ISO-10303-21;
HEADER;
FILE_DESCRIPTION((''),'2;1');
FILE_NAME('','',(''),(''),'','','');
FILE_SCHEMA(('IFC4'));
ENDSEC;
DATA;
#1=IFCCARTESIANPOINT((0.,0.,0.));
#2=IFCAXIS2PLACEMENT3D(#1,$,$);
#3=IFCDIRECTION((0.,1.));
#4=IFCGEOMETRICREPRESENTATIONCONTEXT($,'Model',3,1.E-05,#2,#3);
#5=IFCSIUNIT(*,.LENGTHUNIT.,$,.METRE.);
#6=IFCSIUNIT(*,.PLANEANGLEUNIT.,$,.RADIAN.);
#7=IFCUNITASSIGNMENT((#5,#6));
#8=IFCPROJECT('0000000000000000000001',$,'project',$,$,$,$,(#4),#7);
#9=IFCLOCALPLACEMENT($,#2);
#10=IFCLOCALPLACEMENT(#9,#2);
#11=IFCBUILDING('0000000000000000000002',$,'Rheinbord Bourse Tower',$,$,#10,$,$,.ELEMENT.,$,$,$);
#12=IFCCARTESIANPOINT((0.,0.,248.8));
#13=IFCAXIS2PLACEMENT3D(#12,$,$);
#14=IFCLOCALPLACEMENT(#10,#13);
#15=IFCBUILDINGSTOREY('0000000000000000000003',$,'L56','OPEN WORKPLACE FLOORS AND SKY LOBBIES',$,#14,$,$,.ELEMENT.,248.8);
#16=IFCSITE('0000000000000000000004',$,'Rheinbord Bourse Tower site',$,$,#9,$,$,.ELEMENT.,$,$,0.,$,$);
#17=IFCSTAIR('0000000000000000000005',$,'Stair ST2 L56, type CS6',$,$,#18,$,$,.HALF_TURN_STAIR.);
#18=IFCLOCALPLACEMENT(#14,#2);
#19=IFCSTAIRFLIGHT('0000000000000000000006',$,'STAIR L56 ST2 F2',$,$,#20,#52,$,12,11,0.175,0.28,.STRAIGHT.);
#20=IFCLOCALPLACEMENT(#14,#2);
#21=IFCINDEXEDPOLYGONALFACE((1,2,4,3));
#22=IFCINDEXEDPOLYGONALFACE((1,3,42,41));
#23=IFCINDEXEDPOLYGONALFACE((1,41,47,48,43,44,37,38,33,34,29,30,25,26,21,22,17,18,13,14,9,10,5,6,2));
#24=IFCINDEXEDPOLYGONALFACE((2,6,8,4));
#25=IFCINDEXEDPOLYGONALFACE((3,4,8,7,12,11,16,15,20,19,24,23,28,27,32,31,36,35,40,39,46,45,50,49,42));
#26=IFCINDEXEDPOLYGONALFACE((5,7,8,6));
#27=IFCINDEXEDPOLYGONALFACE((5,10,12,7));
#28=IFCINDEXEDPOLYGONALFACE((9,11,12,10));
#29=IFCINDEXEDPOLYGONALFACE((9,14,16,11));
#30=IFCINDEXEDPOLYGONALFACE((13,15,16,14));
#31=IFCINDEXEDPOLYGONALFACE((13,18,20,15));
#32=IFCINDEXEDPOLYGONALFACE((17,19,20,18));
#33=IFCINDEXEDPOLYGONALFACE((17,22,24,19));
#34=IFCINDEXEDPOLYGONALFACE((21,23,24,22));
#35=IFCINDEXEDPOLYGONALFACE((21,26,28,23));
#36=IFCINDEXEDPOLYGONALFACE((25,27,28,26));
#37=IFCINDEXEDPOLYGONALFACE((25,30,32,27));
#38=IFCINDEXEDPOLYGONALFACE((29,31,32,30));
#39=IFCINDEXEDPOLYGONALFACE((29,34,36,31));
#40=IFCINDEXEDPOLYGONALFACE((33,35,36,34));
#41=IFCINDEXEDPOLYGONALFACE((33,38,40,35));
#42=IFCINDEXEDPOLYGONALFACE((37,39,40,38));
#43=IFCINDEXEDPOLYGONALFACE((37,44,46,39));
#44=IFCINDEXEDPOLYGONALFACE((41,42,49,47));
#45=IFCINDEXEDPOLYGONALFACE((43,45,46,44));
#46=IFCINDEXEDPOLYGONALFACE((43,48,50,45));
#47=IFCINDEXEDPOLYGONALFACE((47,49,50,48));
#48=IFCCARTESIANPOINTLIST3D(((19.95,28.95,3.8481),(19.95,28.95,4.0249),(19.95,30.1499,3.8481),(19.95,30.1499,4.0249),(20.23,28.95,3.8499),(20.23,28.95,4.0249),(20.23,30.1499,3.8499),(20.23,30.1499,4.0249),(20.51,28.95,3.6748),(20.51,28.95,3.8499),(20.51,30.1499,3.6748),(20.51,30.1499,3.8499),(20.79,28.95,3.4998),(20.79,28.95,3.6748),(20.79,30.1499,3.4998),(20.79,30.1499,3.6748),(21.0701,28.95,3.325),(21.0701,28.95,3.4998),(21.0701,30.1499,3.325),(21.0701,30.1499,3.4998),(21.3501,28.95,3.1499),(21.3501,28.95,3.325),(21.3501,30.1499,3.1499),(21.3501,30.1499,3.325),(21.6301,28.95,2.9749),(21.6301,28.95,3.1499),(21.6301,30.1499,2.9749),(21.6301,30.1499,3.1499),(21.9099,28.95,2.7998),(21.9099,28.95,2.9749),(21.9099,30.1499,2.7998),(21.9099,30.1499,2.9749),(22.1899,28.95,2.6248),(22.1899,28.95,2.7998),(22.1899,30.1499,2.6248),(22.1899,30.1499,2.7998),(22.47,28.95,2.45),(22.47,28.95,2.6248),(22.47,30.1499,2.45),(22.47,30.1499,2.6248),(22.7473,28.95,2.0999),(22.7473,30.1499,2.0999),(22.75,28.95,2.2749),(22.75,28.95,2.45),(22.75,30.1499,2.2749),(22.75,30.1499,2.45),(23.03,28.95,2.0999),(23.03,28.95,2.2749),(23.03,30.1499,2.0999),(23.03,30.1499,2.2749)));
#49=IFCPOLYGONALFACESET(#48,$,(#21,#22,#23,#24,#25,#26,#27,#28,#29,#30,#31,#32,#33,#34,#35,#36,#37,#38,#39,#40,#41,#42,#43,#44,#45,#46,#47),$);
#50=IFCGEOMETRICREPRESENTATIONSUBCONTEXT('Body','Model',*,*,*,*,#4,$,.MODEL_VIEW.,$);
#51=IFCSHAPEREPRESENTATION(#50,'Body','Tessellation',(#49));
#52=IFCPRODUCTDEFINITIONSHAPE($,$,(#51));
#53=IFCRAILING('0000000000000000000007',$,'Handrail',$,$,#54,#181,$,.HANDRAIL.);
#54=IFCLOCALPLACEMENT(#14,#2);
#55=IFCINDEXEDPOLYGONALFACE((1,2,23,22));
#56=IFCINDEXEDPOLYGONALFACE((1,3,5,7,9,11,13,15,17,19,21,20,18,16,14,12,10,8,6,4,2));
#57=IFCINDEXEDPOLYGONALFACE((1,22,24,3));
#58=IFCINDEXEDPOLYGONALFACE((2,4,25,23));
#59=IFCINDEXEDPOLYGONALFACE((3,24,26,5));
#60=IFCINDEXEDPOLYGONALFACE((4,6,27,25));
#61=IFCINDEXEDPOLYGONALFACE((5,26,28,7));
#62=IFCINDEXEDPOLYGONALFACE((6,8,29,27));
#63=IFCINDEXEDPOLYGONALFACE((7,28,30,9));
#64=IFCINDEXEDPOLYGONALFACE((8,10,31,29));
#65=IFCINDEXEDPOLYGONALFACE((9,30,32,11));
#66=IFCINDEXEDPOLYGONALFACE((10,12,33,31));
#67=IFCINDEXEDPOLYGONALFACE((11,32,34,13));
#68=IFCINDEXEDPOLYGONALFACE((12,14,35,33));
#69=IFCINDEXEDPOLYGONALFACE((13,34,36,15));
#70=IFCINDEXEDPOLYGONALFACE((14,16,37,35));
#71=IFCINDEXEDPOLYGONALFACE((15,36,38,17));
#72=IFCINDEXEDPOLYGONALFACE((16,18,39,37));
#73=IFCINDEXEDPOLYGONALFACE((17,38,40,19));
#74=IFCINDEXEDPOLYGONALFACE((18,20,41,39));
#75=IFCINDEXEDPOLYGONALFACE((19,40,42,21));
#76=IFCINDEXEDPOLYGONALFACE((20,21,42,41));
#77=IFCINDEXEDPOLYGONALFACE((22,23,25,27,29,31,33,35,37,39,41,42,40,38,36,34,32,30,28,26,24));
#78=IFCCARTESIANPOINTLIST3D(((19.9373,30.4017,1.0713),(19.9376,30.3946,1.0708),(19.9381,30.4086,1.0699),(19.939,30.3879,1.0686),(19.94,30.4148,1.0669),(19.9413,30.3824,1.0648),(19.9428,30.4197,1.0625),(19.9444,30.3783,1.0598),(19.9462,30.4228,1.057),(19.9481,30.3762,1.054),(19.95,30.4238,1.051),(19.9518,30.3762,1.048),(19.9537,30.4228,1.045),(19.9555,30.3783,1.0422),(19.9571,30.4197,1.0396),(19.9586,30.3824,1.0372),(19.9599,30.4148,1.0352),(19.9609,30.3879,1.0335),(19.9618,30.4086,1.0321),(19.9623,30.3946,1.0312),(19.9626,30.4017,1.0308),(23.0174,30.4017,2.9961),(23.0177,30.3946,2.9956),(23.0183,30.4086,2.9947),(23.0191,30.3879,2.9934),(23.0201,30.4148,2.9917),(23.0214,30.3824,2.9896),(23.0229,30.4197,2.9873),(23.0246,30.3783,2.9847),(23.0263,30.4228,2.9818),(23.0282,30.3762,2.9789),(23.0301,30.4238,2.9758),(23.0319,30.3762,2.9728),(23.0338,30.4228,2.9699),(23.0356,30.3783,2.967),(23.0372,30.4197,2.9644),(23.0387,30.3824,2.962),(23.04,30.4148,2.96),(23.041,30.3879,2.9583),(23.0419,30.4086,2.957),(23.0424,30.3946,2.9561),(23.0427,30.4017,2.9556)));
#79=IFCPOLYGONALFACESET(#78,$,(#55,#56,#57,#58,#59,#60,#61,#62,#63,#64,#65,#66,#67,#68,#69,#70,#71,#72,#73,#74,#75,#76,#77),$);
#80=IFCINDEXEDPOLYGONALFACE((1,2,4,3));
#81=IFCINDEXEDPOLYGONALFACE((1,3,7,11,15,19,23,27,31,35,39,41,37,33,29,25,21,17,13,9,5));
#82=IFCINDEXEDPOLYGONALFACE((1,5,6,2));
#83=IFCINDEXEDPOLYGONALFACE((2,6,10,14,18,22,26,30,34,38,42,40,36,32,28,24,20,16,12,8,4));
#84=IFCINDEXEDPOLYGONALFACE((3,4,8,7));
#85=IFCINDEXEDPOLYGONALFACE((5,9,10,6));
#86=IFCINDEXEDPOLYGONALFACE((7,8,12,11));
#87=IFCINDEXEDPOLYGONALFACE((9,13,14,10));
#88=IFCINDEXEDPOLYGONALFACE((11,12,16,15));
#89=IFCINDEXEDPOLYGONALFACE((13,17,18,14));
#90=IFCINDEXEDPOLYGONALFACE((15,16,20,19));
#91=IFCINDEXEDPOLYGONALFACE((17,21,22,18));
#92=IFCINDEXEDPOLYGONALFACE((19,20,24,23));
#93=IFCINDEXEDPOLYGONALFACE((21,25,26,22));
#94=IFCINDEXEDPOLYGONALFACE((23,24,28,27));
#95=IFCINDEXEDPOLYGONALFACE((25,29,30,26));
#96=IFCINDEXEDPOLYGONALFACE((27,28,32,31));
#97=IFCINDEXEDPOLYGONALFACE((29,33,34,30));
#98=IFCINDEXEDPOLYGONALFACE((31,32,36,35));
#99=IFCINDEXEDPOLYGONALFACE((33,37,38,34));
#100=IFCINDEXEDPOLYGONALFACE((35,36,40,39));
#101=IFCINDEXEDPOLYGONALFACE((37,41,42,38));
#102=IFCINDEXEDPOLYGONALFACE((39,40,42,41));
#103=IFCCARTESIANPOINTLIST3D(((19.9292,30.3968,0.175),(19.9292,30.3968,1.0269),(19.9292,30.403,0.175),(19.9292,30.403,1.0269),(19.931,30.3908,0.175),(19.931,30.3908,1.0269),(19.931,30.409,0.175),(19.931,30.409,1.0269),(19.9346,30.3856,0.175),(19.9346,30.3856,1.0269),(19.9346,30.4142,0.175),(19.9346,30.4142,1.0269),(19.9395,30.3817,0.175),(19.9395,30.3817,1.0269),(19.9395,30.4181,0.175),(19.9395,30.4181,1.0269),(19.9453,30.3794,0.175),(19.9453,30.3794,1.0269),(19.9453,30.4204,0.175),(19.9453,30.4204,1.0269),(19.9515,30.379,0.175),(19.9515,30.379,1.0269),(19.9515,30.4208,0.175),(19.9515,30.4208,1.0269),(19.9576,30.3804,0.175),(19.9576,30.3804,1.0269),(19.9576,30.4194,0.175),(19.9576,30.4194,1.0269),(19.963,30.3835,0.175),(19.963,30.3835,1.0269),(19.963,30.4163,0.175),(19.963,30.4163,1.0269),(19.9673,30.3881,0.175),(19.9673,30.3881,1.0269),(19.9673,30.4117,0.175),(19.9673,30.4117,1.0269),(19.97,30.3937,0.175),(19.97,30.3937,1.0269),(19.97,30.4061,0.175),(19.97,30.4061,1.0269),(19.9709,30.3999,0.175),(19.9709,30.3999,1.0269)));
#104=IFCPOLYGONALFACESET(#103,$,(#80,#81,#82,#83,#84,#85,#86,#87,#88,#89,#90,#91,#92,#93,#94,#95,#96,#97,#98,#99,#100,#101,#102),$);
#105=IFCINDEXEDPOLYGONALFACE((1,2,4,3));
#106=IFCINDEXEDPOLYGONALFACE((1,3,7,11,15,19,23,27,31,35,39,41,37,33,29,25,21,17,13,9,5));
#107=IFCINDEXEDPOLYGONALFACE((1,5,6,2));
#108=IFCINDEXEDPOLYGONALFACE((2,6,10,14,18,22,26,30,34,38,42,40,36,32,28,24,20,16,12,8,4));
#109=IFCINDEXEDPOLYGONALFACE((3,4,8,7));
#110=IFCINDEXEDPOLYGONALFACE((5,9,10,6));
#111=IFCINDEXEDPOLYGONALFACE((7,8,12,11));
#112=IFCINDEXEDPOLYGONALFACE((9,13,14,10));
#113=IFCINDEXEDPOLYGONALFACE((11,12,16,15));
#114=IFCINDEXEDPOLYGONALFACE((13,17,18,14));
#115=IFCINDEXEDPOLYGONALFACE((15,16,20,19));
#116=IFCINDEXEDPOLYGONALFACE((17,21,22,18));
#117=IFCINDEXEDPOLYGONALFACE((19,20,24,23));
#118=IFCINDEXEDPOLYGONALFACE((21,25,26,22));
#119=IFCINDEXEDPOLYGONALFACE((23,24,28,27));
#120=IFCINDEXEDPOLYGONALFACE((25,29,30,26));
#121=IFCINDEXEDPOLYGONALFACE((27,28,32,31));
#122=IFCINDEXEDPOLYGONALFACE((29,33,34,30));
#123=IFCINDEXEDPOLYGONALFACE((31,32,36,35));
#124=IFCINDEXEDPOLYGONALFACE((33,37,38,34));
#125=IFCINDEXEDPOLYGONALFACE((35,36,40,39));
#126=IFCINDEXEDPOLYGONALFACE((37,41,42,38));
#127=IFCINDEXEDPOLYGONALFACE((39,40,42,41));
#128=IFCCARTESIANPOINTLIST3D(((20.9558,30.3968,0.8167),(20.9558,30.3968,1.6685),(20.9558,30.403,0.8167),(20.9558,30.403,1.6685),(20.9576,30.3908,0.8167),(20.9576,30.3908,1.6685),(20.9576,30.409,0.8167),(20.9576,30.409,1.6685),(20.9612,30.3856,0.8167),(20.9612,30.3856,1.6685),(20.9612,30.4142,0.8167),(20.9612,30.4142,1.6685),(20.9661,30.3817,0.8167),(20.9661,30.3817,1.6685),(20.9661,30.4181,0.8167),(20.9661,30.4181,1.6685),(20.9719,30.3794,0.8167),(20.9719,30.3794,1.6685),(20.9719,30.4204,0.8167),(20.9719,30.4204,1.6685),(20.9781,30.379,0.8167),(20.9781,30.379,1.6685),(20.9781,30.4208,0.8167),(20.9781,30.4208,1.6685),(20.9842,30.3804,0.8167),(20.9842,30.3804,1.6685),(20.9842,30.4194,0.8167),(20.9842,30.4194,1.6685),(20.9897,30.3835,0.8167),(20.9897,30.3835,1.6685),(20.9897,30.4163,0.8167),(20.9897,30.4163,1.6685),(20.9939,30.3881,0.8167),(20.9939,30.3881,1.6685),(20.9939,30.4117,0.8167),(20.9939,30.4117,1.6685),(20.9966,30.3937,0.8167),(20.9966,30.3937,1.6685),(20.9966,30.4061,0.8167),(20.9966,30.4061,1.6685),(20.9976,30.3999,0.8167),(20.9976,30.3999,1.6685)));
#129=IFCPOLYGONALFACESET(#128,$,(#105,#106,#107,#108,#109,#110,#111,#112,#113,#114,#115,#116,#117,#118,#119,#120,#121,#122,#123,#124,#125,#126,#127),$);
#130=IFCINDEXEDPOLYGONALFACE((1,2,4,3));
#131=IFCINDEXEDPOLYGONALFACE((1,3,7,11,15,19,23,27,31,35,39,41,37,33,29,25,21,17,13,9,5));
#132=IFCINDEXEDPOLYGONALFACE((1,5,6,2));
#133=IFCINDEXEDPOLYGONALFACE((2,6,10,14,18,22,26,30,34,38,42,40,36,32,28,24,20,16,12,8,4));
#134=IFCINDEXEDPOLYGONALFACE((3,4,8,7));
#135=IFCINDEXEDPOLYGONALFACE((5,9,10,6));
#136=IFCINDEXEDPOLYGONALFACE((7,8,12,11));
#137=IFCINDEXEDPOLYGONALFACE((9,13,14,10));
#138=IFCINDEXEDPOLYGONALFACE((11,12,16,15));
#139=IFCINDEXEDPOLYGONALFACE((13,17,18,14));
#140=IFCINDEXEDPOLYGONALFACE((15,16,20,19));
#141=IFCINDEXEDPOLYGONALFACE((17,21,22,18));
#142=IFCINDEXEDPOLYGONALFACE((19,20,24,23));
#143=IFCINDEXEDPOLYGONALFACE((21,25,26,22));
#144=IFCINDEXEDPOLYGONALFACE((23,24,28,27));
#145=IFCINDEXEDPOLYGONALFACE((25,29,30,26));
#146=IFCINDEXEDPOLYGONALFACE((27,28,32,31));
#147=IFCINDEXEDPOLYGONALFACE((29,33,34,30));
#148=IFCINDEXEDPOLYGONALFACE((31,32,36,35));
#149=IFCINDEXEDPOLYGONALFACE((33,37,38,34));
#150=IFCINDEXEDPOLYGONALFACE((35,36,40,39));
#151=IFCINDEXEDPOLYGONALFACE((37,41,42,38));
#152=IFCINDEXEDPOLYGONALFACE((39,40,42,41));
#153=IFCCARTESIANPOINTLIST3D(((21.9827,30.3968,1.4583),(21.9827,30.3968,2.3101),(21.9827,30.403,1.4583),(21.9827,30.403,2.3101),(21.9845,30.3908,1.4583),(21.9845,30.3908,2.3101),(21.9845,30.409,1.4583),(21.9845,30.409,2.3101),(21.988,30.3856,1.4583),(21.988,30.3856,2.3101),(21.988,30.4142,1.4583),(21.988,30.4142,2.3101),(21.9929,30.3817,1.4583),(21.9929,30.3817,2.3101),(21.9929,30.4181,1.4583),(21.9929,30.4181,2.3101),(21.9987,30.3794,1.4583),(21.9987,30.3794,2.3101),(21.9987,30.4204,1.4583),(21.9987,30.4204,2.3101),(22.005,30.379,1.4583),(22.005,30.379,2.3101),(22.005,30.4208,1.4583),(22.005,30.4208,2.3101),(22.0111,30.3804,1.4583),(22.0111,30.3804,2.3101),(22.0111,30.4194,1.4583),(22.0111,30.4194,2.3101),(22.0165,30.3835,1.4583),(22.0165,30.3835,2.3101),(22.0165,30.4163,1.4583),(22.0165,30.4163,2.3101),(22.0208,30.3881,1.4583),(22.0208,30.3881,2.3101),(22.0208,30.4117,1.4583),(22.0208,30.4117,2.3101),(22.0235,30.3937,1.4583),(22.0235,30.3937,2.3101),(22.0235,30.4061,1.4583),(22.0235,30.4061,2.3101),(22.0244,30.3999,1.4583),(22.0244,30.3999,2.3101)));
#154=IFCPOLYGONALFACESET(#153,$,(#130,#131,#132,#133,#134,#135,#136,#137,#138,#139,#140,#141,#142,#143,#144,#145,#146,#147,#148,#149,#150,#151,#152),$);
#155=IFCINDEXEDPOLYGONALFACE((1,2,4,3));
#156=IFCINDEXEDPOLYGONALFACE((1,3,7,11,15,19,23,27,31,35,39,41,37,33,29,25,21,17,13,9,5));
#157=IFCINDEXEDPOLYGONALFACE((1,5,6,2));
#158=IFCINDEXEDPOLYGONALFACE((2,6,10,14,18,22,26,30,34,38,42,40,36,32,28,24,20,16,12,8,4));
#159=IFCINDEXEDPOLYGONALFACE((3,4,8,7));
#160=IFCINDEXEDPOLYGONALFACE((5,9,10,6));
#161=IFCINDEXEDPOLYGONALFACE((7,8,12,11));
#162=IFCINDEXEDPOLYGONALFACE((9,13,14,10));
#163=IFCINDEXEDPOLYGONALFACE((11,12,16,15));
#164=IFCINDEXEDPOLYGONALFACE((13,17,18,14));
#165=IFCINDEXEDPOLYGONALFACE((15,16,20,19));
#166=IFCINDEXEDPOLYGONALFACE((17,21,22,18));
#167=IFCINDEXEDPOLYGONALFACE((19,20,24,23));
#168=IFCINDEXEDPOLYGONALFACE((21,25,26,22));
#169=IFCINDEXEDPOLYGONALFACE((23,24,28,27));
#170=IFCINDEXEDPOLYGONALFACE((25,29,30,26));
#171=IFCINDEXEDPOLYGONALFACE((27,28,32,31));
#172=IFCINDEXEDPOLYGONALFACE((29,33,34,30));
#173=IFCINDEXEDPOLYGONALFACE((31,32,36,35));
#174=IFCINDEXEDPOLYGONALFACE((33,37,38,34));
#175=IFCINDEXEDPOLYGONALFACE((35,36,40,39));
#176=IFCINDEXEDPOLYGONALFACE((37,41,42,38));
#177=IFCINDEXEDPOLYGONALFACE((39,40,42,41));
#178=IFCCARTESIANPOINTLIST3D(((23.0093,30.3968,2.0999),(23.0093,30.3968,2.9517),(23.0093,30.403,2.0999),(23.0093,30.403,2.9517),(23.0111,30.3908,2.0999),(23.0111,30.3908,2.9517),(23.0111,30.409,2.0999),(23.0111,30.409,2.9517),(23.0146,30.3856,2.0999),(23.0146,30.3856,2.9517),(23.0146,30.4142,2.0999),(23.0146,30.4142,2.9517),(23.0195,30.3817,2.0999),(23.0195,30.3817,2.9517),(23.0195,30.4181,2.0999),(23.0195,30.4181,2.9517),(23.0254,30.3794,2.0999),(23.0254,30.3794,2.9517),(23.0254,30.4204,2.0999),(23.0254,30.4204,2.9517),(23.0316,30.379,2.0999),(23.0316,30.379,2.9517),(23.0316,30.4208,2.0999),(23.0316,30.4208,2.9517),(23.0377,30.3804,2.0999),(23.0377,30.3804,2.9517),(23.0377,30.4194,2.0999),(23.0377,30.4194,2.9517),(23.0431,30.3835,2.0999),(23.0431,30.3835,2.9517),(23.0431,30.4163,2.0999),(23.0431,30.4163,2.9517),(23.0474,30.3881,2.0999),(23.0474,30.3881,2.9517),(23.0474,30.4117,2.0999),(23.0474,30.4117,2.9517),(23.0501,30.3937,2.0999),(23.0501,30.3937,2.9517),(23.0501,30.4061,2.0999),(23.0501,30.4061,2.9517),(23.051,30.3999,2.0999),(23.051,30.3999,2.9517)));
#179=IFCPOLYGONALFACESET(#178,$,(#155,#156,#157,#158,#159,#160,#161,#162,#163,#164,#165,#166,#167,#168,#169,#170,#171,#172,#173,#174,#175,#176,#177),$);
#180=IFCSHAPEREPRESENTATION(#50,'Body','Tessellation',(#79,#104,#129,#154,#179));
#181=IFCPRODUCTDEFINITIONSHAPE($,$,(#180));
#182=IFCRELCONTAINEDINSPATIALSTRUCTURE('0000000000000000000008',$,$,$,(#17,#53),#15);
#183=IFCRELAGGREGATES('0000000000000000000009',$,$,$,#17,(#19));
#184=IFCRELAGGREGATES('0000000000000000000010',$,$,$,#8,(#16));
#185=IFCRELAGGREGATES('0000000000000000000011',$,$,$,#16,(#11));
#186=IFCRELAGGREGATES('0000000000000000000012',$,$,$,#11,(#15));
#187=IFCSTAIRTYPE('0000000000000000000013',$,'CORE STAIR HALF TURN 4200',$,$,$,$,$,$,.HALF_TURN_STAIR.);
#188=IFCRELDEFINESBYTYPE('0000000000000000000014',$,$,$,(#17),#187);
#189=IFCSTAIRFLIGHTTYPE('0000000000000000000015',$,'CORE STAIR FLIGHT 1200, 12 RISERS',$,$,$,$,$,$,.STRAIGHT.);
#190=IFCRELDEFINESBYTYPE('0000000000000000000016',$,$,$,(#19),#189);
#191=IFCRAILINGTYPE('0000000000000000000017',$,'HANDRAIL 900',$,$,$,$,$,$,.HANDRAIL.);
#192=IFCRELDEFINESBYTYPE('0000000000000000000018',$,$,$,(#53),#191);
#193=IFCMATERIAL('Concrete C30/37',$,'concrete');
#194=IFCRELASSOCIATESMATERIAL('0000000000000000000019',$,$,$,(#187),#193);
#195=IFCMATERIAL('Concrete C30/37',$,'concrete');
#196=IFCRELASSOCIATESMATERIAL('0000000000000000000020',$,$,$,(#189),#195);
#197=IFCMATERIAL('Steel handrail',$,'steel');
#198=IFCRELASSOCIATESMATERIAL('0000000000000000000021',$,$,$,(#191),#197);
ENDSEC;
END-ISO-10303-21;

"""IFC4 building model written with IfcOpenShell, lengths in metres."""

from ifc_helpers import new_model, si_unit, direction, frame, origin, origin_2d, place, context, subcontext, project, spatial, polyline, circle, outline, extrude, material, type_object, element, aggregate, save


model = new_model("IFC4")

# Units and contexts
model_context = context("Model", 3, precision=1e-05, world=origin(), true_north=direction((0.0, 1.0)))
body_context = subcontext(model_context, "Body", "Model", "MODEL_VIEW")
ifc_project = project(units=[si_unit("LENGTHUNIT", "METRE"), si_unit("PLANEANGLEUNIT", "RADIAN")], contexts=[model_context])

# Site, building, storey
site_placement = place(None, origin())
site = spatial("IfcSite", under=ifc_project, at=site_placement, Name="Rheinbord Bourse Tower site", CompositionType="ELEMENT", RefElevation=0.0)
building_placement = place(site_placement, origin())
building = spatial("IfcBuilding", under=site, at=building_placement, Name="Rheinbord Bourse Tower", CompositionType="ELEMENT")
storey_placement = place(building_placement, frame((0.0, 0.0, 248.8)))
storey = spatial("IfcBuildingStorey", under=building, at=storey_placement, Name="L56", Description="OPEN WORKPLACE FLOORS AND SKY LOBBIES", CompositionType="ELEMENT", Elevation=248.8)

# Stair, stair flight
ifc_material_1 = material(Name="Concrete C30/37", Category="concrete")
stair_type = type_object("IfcStairType", Name="CORE STAIR HALF TURN 4200", PredefinedType="HALF_TURN_STAIR", material=ifc_material_1)
stair_placement = place(storey_placement, origin())
stair = element("IfcStair", 1, at=stair_placement, inside=storey, type_object=stair_type, Name="Stair ST2 L56, type CS6", PredefinedType="HALF_TURN_STAIR")
ifc_material_2 = material(Name="Concrete C30/37", Category="concrete")
stair_flight_type = type_object("IfcStairFlightType", Name="CORE STAIR FLIGHT 1200, 12 RISERS", PredefinedType="STRAIGHT", material=ifc_material_2)
stair_flight_1_placement = place(storey_placement, frame((23.03, 29.55, 2.0999), z_axis=(0.0, 0.0, 1.0), x_axis=(-1.0, 0.0, 0.0)))
stair_flight_1 = element("IfcStairFlight", 2, at=stair_flight_1_placement, type_object=stair_flight_type, Name="STAIR L56 ST2 F2", NumberOfRisers=12, NumberOfTreads=11, PredefinedType="STRAIGHT", RiserHeight=0.175, TreadLength=0.28, context=body_context, shape_type="SweptSolid", body=[
    extrude(outline(polyline([(0.0, 0.0), (0.0, 0.175), (0.28, 0.175), (0.28, 0.3501), (0.5601, 0.3501), (0.5601, 0.5249), (0.8401, 0.5249), (0.8401, 0.7), (1.1201, 0.7), (1.1201, 0.875), (1.3999, 0.875), (1.3999, 1.05), (1.6799, 1.05), (1.6799, 1.2251), (1.96, 1.2251), (1.96, 1.3999), (2.24, 1.3999), (2.24, 1.575), (2.52, 1.575), (2.52, 1.75), (2.8, 1.75), (2.8, 1.925), (3.0801, 1.925), (3.0801, 2.1001), (3.0801, 1.7483), (0.2827, 0.0), (0.0, 0.0)])), frame((0.0, 0.6001, 0.0), z_axis=(0.0, -1.0, 0.0), x_axis=(1.0, 0.0, 0.0)), (0.0, 0.0, 1.0), 1.2),
])
aggregate(stair, [stair_flight_1])

# Railing
ifc_material_3 = material(Name="Steel handrail", Category="steel")
railing_type = type_object("IfcRailingType", Name="HANDRAIL 900", PredefinedType="HANDRAIL", material=ifc_material_3)
railing_1_placement = place(storey_placement, frame((19.95, 30.3999, 0.175)))
element("IfcRailing", 3, at=railing_1_placement, inside=storey, type_object=railing_type, Name="Handrail", PredefinedType="HANDRAIL", context=body_context, shape_type="SweptSolid", body=[
    extrude(circle(Radius=0.0239, at=origin_2d()), frame((0.0, 0.0, 0.876), z_axis=(0.848029, 0.0, 0.529951), x_axis=(0.0, 1.0, 0.0)), (0.0, 0.0, 1.0), 3.6321),
    extrude(circle(Radius=0.021, at=origin_2d()), origin(), (0.0, 0.0, 1.0), 0.8518),
    extrude(circle(Radius=0.021, at=origin_2d()), frame((1.0266, 0.0, 0.6416)), (0.0, 0.0, 1.0), 0.8518),
    extrude(circle(Radius=0.021, at=origin_2d()), frame((2.0535, 0.0, 1.2832)), (0.0, 0.0, 1.0), 0.8518),
    extrude(circle(Radius=0.021, at=origin_2d()), frame((3.0801, 0.0, 1.9248)), (0.0, 0.0, 1.0), 0.8518),
])

save(model, "model.ifc")
